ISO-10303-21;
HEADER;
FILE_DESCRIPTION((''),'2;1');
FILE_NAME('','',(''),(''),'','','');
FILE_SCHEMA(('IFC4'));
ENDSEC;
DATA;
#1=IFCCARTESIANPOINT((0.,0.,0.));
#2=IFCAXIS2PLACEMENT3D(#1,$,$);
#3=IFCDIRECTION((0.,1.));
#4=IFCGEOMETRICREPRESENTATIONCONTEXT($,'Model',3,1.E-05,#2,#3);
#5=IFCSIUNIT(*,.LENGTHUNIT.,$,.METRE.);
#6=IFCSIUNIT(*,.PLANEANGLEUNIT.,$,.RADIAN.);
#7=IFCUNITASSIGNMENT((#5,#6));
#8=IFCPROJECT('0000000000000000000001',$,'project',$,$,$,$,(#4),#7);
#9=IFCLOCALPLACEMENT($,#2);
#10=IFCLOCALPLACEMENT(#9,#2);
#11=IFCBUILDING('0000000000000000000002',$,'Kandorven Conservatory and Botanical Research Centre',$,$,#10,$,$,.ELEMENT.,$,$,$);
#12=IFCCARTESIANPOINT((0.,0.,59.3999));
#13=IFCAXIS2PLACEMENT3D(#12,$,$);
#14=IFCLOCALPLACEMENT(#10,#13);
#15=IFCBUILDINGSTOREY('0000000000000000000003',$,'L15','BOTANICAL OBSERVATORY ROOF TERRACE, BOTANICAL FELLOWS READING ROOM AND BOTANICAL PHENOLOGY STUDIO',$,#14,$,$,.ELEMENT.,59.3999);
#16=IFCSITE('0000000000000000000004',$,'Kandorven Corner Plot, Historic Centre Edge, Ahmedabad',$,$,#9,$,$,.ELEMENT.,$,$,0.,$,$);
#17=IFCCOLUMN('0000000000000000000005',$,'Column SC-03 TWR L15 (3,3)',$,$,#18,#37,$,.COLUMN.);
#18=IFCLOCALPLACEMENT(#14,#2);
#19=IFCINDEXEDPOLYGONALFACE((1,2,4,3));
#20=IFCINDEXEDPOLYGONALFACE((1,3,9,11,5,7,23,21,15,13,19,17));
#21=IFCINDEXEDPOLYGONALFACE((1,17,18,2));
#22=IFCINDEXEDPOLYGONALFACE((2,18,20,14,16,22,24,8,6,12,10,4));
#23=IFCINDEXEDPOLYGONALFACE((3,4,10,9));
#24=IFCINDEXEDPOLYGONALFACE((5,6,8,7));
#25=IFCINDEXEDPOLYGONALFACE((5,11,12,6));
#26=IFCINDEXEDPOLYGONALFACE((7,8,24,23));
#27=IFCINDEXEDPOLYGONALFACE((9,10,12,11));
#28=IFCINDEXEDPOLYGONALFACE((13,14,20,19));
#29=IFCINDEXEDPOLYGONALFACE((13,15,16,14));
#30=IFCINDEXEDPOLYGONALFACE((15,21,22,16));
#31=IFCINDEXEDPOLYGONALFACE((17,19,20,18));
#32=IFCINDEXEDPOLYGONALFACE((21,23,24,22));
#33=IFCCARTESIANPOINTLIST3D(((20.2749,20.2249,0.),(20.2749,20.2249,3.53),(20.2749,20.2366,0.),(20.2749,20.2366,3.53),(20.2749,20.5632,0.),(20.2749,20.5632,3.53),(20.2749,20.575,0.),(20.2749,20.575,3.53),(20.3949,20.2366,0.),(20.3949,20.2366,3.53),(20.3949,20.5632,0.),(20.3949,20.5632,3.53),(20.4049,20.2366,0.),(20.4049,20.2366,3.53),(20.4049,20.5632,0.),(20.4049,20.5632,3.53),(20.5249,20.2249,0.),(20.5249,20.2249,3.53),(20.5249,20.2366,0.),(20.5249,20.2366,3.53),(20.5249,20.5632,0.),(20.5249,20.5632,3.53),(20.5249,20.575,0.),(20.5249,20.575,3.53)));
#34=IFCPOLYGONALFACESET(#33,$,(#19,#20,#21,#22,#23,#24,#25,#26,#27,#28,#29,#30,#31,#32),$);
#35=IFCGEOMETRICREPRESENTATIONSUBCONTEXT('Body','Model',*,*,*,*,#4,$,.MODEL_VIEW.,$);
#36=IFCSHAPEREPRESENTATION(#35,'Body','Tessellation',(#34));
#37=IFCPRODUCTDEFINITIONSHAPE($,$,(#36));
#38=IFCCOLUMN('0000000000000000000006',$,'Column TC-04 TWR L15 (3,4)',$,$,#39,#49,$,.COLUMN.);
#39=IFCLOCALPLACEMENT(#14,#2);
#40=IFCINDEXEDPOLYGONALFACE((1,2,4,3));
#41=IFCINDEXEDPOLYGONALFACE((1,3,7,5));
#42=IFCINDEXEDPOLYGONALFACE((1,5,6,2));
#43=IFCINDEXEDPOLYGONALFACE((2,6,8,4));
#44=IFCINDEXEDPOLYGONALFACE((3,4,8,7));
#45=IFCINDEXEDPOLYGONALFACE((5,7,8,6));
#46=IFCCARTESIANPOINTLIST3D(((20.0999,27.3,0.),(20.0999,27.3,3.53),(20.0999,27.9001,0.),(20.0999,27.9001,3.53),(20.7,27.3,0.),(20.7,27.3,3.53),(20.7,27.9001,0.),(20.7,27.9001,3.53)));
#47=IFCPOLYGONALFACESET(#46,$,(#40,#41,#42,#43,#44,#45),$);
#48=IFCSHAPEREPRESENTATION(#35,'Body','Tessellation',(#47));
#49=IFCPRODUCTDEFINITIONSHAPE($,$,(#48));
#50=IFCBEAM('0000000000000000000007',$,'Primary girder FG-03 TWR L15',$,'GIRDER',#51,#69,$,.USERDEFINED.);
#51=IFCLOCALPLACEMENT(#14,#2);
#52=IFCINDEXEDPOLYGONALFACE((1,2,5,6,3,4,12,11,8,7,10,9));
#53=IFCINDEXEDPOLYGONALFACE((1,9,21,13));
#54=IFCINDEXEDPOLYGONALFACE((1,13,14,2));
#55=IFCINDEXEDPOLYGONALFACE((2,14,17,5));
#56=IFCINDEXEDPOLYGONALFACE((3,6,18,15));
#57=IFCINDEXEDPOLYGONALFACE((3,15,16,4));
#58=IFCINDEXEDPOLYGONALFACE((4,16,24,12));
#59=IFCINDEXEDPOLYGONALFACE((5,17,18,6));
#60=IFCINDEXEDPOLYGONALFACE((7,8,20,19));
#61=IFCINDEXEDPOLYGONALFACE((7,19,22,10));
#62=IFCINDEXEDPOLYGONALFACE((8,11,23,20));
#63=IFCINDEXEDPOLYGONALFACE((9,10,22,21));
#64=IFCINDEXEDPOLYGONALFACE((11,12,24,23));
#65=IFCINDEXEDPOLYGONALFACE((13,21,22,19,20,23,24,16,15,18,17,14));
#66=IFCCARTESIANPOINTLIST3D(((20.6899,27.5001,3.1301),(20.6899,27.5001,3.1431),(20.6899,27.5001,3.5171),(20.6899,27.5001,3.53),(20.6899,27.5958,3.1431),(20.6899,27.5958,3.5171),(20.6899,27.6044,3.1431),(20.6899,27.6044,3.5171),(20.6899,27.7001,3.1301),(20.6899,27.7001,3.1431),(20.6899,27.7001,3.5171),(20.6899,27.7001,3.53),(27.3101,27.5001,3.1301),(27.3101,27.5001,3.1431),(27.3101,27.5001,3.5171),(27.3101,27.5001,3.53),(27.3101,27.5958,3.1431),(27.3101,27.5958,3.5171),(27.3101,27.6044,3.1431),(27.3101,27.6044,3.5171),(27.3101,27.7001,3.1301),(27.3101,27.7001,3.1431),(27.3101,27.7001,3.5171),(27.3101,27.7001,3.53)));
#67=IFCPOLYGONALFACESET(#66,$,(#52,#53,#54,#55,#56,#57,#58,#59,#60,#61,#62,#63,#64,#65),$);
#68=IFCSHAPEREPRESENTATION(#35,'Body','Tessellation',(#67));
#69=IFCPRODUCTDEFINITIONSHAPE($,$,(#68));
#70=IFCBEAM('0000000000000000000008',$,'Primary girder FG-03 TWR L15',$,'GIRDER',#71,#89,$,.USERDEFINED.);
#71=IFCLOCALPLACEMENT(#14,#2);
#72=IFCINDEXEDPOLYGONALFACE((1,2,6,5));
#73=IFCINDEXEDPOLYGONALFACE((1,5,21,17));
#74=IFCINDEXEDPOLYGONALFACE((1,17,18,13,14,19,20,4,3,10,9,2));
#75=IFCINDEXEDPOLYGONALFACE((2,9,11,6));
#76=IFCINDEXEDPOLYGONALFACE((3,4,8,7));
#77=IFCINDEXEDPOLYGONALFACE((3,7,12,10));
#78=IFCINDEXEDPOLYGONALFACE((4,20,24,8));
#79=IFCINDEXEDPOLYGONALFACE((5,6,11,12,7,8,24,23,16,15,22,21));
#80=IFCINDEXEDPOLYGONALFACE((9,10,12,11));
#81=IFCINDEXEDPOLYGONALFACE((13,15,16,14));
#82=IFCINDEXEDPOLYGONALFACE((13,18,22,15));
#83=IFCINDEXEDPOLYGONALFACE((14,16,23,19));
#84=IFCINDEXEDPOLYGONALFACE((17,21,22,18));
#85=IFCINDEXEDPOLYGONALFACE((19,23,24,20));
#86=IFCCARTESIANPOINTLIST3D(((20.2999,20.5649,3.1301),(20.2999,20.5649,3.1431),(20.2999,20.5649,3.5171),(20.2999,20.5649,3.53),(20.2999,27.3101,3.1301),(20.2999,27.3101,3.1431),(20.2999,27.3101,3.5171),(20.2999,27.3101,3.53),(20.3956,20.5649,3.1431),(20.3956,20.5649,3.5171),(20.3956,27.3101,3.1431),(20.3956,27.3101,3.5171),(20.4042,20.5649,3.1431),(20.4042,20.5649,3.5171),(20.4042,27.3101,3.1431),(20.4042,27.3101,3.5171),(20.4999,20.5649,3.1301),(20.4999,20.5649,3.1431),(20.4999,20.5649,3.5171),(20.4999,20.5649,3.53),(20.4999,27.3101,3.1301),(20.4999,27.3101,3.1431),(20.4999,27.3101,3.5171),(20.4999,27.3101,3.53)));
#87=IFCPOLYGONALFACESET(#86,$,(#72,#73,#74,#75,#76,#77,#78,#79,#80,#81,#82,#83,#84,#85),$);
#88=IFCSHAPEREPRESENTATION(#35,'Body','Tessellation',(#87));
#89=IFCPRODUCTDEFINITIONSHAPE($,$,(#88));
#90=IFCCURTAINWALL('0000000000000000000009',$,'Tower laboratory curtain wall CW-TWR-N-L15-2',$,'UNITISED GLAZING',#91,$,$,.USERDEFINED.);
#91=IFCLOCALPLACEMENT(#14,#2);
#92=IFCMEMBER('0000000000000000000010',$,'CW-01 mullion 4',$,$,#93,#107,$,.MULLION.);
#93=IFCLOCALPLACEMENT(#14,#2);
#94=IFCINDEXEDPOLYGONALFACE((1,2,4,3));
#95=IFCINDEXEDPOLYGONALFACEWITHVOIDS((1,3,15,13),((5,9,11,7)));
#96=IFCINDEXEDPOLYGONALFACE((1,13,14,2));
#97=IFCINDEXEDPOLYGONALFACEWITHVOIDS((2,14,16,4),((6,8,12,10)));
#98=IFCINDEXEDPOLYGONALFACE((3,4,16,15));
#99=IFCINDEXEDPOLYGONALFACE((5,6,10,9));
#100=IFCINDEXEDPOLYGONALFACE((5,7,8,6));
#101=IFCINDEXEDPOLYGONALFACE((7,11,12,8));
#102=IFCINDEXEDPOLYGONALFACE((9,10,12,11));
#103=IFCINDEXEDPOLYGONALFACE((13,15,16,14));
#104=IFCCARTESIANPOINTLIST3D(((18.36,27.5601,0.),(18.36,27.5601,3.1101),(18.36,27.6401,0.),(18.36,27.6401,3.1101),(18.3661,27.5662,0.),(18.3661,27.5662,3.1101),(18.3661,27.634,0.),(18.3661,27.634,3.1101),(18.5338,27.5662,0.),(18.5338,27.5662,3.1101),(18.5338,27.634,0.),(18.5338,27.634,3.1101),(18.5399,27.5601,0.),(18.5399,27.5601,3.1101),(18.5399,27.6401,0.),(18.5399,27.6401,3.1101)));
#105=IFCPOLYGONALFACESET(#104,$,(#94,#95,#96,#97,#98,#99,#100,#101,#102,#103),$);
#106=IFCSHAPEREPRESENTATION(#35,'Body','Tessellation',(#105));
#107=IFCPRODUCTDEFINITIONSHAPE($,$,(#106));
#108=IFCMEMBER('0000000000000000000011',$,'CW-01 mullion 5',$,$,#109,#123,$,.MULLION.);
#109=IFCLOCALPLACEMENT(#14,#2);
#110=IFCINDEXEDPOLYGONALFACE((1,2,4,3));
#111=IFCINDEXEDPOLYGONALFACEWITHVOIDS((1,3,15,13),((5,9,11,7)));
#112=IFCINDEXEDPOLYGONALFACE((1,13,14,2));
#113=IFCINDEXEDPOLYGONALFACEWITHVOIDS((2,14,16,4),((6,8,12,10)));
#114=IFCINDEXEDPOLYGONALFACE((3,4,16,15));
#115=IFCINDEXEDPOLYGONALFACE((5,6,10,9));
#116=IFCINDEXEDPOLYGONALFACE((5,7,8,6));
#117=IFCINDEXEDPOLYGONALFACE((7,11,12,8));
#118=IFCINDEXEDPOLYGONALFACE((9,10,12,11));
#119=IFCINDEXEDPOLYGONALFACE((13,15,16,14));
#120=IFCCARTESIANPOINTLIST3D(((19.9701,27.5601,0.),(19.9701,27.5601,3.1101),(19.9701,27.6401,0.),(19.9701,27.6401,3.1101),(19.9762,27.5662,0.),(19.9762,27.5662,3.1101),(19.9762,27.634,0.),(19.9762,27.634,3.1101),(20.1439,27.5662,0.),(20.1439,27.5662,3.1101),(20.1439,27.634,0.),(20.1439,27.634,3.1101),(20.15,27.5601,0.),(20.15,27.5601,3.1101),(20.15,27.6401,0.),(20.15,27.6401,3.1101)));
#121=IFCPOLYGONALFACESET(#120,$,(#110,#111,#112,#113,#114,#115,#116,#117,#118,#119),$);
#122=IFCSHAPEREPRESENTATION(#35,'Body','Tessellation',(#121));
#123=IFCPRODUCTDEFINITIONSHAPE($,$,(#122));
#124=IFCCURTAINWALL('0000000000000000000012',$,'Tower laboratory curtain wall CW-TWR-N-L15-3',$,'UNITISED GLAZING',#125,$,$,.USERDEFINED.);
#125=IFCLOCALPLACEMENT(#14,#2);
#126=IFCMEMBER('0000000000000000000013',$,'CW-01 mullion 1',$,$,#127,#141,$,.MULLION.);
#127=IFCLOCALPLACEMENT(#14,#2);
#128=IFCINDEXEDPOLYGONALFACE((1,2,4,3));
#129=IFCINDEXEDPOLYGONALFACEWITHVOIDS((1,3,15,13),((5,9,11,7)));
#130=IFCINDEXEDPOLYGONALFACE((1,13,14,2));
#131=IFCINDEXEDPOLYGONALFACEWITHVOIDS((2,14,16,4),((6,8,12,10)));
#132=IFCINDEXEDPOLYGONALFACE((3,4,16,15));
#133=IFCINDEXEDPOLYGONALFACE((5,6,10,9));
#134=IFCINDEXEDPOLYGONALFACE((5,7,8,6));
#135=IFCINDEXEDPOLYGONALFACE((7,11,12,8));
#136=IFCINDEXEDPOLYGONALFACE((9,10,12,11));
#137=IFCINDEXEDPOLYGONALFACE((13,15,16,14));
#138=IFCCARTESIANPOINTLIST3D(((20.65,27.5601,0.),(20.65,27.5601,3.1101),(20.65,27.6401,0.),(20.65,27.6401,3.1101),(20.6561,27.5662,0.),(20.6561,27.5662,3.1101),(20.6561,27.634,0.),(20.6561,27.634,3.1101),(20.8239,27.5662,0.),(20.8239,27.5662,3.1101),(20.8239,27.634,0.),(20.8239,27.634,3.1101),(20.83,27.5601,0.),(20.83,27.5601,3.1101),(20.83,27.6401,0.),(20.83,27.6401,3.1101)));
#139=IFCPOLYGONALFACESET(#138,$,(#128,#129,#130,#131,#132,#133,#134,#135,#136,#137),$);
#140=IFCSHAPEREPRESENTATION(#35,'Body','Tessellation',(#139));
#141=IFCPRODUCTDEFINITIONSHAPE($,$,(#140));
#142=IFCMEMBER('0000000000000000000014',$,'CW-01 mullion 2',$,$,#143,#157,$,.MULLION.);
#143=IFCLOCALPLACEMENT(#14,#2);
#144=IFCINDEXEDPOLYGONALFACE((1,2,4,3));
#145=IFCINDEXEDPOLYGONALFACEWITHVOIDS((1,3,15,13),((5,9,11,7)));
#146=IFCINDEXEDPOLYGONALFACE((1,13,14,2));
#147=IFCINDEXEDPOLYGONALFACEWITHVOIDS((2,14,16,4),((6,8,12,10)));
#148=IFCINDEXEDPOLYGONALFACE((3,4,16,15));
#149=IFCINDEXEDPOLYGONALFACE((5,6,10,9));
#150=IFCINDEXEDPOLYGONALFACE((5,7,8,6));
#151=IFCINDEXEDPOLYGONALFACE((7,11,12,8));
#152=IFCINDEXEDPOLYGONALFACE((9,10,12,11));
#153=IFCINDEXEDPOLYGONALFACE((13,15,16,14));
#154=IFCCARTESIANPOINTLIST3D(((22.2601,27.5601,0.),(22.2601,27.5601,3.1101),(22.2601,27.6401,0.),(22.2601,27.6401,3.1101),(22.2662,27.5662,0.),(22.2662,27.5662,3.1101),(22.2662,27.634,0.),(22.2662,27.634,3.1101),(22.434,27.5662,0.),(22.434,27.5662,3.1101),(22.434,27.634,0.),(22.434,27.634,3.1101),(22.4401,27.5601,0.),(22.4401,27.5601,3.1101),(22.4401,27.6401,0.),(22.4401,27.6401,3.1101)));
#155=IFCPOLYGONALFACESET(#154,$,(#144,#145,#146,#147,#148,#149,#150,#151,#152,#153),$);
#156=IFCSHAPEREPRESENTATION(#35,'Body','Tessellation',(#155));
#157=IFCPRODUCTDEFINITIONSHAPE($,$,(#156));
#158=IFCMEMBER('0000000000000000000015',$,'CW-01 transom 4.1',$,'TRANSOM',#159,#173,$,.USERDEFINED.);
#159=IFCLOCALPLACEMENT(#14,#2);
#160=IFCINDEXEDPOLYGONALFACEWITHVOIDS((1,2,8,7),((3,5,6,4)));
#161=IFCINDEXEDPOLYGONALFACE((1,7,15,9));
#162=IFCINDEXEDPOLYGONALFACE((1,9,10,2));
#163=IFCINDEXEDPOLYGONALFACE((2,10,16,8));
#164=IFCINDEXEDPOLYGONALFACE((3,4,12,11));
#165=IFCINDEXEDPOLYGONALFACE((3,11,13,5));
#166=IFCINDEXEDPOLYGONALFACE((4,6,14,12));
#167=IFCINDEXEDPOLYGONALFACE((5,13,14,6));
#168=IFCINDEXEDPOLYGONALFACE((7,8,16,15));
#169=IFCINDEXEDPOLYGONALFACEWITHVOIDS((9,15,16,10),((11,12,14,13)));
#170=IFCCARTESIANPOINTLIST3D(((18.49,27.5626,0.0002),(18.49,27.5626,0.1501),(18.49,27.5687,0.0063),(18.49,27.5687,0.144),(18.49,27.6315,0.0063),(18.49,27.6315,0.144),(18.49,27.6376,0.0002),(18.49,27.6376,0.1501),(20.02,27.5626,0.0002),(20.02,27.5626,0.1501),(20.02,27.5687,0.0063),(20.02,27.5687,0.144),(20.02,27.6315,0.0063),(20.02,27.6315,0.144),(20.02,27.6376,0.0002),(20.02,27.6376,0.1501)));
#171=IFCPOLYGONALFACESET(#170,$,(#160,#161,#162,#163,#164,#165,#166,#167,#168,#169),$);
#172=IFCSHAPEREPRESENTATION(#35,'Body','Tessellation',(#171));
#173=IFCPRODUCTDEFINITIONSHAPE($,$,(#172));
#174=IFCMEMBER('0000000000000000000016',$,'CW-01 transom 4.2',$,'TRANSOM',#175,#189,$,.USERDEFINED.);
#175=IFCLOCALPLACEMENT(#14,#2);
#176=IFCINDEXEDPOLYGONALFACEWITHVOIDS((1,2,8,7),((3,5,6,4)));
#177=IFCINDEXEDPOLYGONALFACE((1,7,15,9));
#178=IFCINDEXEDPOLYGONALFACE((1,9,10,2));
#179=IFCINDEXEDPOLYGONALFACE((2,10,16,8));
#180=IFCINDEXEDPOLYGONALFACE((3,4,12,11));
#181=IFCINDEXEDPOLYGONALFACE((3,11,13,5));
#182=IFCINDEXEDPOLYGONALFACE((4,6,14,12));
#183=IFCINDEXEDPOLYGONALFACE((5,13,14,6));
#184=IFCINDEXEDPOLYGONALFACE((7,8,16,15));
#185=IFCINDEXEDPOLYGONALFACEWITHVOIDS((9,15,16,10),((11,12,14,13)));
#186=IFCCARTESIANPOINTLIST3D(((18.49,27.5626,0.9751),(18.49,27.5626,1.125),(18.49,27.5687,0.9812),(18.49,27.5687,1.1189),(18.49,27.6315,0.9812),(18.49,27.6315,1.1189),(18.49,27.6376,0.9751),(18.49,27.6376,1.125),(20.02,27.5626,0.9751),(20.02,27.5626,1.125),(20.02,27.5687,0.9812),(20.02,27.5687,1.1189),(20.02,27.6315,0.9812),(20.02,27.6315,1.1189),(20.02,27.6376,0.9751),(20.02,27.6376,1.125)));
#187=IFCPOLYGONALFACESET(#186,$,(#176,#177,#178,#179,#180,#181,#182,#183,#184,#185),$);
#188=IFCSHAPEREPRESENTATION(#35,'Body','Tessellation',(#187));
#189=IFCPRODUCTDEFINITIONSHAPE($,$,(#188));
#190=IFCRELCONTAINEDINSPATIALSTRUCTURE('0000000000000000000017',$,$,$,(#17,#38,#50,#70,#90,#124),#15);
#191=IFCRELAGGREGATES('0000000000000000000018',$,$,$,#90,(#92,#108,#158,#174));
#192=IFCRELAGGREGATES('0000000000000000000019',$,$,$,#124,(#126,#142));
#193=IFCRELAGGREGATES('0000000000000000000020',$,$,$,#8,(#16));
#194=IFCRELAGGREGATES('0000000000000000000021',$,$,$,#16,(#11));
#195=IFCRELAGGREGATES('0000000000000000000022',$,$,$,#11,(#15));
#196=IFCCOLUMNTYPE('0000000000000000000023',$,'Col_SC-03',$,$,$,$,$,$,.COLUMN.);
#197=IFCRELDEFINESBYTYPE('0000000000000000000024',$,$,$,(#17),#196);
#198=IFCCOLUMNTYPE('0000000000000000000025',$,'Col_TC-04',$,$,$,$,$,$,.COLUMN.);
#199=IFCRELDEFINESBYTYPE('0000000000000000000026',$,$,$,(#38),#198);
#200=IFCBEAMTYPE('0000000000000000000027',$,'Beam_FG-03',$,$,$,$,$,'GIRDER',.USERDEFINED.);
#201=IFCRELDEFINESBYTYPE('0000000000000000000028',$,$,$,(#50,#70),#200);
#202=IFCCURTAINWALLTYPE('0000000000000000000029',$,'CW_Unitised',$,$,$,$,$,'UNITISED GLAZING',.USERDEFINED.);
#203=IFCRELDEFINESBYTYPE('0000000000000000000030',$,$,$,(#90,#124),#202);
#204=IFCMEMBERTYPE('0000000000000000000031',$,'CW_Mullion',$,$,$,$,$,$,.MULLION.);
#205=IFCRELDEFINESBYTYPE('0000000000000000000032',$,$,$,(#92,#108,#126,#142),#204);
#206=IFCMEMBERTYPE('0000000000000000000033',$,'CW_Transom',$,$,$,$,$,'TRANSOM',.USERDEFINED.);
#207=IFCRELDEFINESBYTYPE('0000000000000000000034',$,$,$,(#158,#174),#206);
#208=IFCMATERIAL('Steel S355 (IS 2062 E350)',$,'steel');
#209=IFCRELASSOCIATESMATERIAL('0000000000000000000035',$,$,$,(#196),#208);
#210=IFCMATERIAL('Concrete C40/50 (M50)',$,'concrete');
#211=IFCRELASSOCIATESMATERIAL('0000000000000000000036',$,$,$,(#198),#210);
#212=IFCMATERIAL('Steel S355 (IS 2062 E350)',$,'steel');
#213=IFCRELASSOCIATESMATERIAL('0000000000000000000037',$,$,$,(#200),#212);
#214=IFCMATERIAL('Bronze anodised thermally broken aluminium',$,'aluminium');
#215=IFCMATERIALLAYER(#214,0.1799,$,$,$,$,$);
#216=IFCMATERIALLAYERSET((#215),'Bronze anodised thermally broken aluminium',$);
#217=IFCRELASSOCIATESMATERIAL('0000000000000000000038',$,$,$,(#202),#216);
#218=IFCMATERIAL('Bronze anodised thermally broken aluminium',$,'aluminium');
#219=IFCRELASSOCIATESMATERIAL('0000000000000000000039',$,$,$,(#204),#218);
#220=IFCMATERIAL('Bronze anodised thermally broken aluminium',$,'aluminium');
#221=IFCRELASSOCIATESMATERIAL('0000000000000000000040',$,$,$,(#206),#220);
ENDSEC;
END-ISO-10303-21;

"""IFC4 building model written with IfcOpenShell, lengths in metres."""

from ifc_helpers import new_model, si_unit, direction, frame, origin, origin_2d, place, context, subcontext, project, spatial, rectangle, hollow_rectangle, i_section, extrude, material, layer, layer_set, material_profile, profile_set, type_object, element, aggregate, save


model = new_model("IFC4")

# Units and contexts
model_context = context("Model", 3, precision=1e-05, world=origin(), true_north=direction((0.0, 1.0)))
body_context = subcontext(model_context, "Body", "Model", "MODEL_VIEW")
ifc_project = project(units=[si_unit("LENGTHUNIT", "METRE"), si_unit("PLANEANGLEUNIT", "RADIAN")], contexts=[model_context])

# Site, building, storey
site_placement = place(None, origin())
site = spatial("IfcSite", under=ifc_project, at=site_placement, Name="Kandorven Corner Plot, Historic Centre Edge, Ahmedabad", CompositionType="ELEMENT", RefElevation=0.0)
building_placement = place(site_placement, origin())
building = spatial("IfcBuilding", under=site, at=building_placement, Name="Kandorven Conservatory and Botanical Research Centre", CompositionType="ELEMENT")
storey_placement = place(building_placement, frame((0.0, 0.0, 59.3999)))
storey = spatial("IfcBuildingStorey", under=building, at=storey_placement, Name="L15", Description="BOTANICAL OBSERVATORY ROOF TERRACE, BOTANICAL FELLOWS READING ROOM AND BOTANICAL PHENOLOGY STUDIO", CompositionType="ELEMENT", Elevation=59.3999)

# Columns
ifc_material_1 = material(Name="Steel S355 (IS 2062 E350)", Category="steel")
ifc_material_profile_1 = material_profile(ifc_material_1, i_section(OverallWidth=0.25, OverallDepth=0.3501, WebThickness=0.01, FlangeThickness=0.0117, at=origin_2d()))
ifc_profile_set_1 = profile_set([ifc_material_profile_1], Name="Steel S355 (IS 2062 E350)")
column_type_1 = type_object("IfcColumnType", Name="Col_SC-03", PredefinedType="COLUMN", material=ifc_profile_set_1)
column_1_placement = place(storey_placement, frame((20.3999, 20.3999, 0.0), z_axis=(0.0, 0.0, 1.0), x_axis=(1.0, 0.0, 0.0)))
element("IfcColumn", 1, at=column_1_placement, inside=storey, type_object=column_type_1, Name="Column SC-03 TWR L15 (3,3)", PredefinedType="COLUMN", context=body_context, shape_type="SweptSolid", body=[
    extrude(i_section(OverallWidth=0.25, OverallDepth=0.3501, WebThickness=0.01, FlangeThickness=0.0117, at=origin_2d()), origin(), (0.0, 0.0, 1.0), 3.53),
])
ifc_material_2 = material(Name="Concrete C40/50 (M50)", Category="concrete")
ifc_material_profile_2 = material_profile(ifc_material_2, rectangle(XDim=0.6001, YDim=0.6001, at=origin_2d()))
ifc_profile_set_2 = profile_set([ifc_material_profile_2], Name="Concrete C40/50 (M50)")
column_type_2 = type_object("IfcColumnType", Name="Col_TC-04", PredefinedType="COLUMN", material=ifc_profile_set_2)
column_2_placement = place(storey_placement, frame((20.3999, 27.6001, 0.0), z_axis=(0.0, 0.0, 1.0), x_axis=(1.0, 0.0, 0.0)))
element("IfcColumn", 2, at=column_2_placement, inside=storey, type_object=column_type_2, Name="Column TC-04 TWR L15 (3,4)", PredefinedType="COLUMN", context=body_context, shape_type="SweptSolid", body=[
    extrude(rectangle(XDim=0.6001, YDim=0.6001, at=origin_2d()), origin(), (0.0, 0.0, 1.0), 3.53),
])

# Beams
ifc_material_3 = material(Name="Steel S355 (IS 2062 E350)", Category="steel")
ifc_material_profile_3 = material_profile(ifc_material_3, i_section(OverallWidth=0.2, OverallDepth=0.3999, WebThickness=0.0085, FlangeThickness=0.0129, at=origin_2d()))
ifc_profile_set_3 = profile_set([ifc_material_profile_3], Name="Steel S355 (IS 2062 E350)")
beam_type = type_object("IfcBeamType", Name="Beam_FG-03", ElementType="GIRDER", PredefinedType="USERDEFINED", material=ifc_profile_set_3)
beam_1_placement = place(storey_placement, frame((20.6899, 27.6001, 3.3301), z_axis=(1.0, 0.0, 0.0), x_axis=(0.0, 1.0, 0.0)))
element("IfcBeam", 3, at=beam_1_placement, inside=storey, type_object=beam_type, Name="Primary girder FG-03 TWR L15", ObjectType="GIRDER", PredefinedType="USERDEFINED", context=body_context, shape_type="SweptSolid", body=[
    extrude(i_section(OverallWidth=0.2, OverallDepth=0.3999, WebThickness=0.0085, FlangeThickness=0.0129, at=origin_2d()), origin(), (0.0, 0.0, 1.0), 6.6201),
])
beam_2_placement = place(storey_placement, frame((20.3999, 20.5649, 3.3301), z_axis=(0.0, 1.0, 0.0), x_axis=(-1.0, 0.0, 0.0)))
element("IfcBeam", 4, at=beam_2_placement, inside=storey, type_object=beam_type, Name="Primary girder FG-03 TWR L15", ObjectType="GIRDER", PredefinedType="USERDEFINED", context=body_context, shape_type="SweptSolid", body=[
    extrude(i_section(OverallWidth=0.2, OverallDepth=0.3999, WebThickness=0.0085, FlangeThickness=0.0129, at=origin_2d()), origin(), (0.0, 0.0, 1.0), 6.7451),
])

# Curtain walls, members
ifc_material_4 = material(Name="Bronze anodised thermally broken aluminium", Category="aluminium")
ifc_layer_1 = layer(ifc_material_4, 0.1799)
ifc_layer_set_1 = layer_set([ifc_layer_1], Name="Bronze anodised thermally broken aluminium")
curtain_wall_type = type_object("IfcCurtainWallType", Name="CW_Unitised", ElementType="UNITISED GLAZING", PredefinedType="USERDEFINED", material=ifc_layer_set_1)
curtain_wall_1_placement = place(storey_placement, origin())
curtain_wall_1 = element("IfcCurtainWall", 5, at=curtain_wall_1_placement, inside=storey, type_object=curtain_wall_type, Name="Tower laboratory curtain wall CW-TWR-N-L15-2", ObjectType="UNITISED GLAZING", PredefinedType="USERDEFINED")
ifc_material_5 = material(Name="Bronze anodised thermally broken aluminium", Category="aluminium")
ifc_material_profile_4 = material_profile(ifc_material_5, hollow_rectangle(XDim=0.0801, YDim=0.1799, WallThickness=0.0061, at=origin_2d()))
ifc_profile_set_4 = profile_set([ifc_material_profile_4], Name="Bronze anodised thermally broken aluminium")
member_type_1 = type_object("IfcMemberType", Name="CW_Mullion", PredefinedType="MULLION", material=ifc_profile_set_4)
member_1_placement = place(storey_placement, frame((18.45, 27.6001, 0.0), z_axis=(0.0, 0.0, 1.0), x_axis=(0.0, 1.0, 0.0)))
member_1 = element("IfcMember", 6, at=member_1_placement, type_object=member_type_1, Name="CW-01 mullion 4", PredefinedType="MULLION", context=body_context, shape_type="SweptSolid", body=[
    extrude(hollow_rectangle(XDim=0.0801, YDim=0.1799, WallThickness=0.0061, at=origin_2d()), origin(), (0.0, 0.0, 1.0), 3.1101),
])
member_2_placement = place(storey_placement, frame((20.0601, 27.6001, 0.0), z_axis=(0.0, 0.0, 1.0), x_axis=(0.0, 1.0, 0.0)))
member_2 = element("IfcMember", 7, at=member_2_placement, type_object=member_type_1, Name="CW-01 mullion 5", PredefinedType="MULLION", context=body_context, shape_type="SweptSolid", body=[
    extrude(hollow_rectangle(XDim=0.0801, YDim=0.1799, WallThickness=0.0061, at=origin_2d()), origin(), (0.0, 0.0, 1.0), 3.1101),
])
curtain_wall_2_placement = place(storey_placement, origin())
curtain_wall_2 = element("IfcCurtainWall", 8, at=curtain_wall_2_placement, inside=storey, type_object=curtain_wall_type, Name="Tower laboratory curtain wall CW-TWR-N-L15-3", ObjectType="UNITISED GLAZING", PredefinedType="USERDEFINED")
member_3_placement = place(storey_placement, frame((20.74, 27.6001, 0.0), z_axis=(0.0, 0.0, 1.0), x_axis=(0.0, 1.0, 0.0)))
member_3 = element("IfcMember", 9, at=member_3_placement, type_object=member_type_1, Name="CW-01 mullion 1", PredefinedType="MULLION", context=body_context, shape_type="SweptSolid", body=[
    extrude(hollow_rectangle(XDim=0.0801, YDim=0.1799, WallThickness=0.0061, at=origin_2d()), origin(), (0.0, 0.0, 1.0), 3.1101),
])
member_4_placement = place(storey_placement, frame((22.3501, 27.6001, 0.0), z_axis=(0.0, 0.0, 1.0), x_axis=(0.0, 1.0, 0.0)))
member_4 = element("IfcMember", 10, at=member_4_placement, type_object=member_type_1, Name="CW-01 mullion 2", PredefinedType="MULLION", context=body_context, shape_type="SweptSolid", body=[
    extrude(hollow_rectangle(XDim=0.0801, YDim=0.1799, WallThickness=0.0061, at=origin_2d()), origin(), (0.0, 0.0, 1.0), 3.1101),
])

# Members
ifc_material_6 = material(Name="Bronze anodised thermally broken aluminium", Category="aluminium")
ifc_material_profile_5 = material_profile(ifc_material_6, hollow_rectangle(XDim=0.075, YDim=0.1499, WallThickness=0.0061, at=origin_2d()))
ifc_profile_set_5 = profile_set([ifc_material_profile_5], Name="Bronze anodised thermally broken aluminium")
member_type_2 = type_object("IfcMemberType", Name="CW_Transom", ElementType="TRANSOM", PredefinedType="USERDEFINED", material=ifc_profile_set_5)
member_5_placement = place(storey_placement, frame((18.49, 27.6001, 0.0752), z_axis=(1.0, 0.0, 0.0), x_axis=(0.0, 1.0, 0.0)))
member_5 = element("IfcMember", 11, at=member_5_placement, type_object=member_type_2, Name="CW-01 transom 4.1", ObjectType="TRANSOM", PredefinedType="USERDEFINED", context=body_context, shape_type="SweptSolid", body=[
    extrude(hollow_rectangle(XDim=0.075, YDim=0.1499, WallThickness=0.0061, at=origin_2d()), origin(), (0.0, 0.0, 1.0), 1.53),
])
member_6_placement = place(storey_placement, frame((18.49, 27.6001, 1.05), z_axis=(1.0, 0.0, 0.0), x_axis=(0.0, 1.0, 0.0)))
member_6 = element("IfcMember", 12, at=member_6_placement, type_object=member_type_2, Name="CW-01 transom 4.2", ObjectType="TRANSOM", PredefinedType="USERDEFINED", context=body_context, shape_type="SweptSolid", body=[
    extrude(hollow_rectangle(XDim=0.075, YDim=0.1499, WallThickness=0.0061, at=origin_2d()), origin(), (0.0, 0.0, 1.0), 1.53),
])

aggregate(curtain_wall_1, [member_1, member_2, member_5, member_6])
aggregate(curtain_wall_2, [member_3, member_4])

save(model, "model.ifc")
